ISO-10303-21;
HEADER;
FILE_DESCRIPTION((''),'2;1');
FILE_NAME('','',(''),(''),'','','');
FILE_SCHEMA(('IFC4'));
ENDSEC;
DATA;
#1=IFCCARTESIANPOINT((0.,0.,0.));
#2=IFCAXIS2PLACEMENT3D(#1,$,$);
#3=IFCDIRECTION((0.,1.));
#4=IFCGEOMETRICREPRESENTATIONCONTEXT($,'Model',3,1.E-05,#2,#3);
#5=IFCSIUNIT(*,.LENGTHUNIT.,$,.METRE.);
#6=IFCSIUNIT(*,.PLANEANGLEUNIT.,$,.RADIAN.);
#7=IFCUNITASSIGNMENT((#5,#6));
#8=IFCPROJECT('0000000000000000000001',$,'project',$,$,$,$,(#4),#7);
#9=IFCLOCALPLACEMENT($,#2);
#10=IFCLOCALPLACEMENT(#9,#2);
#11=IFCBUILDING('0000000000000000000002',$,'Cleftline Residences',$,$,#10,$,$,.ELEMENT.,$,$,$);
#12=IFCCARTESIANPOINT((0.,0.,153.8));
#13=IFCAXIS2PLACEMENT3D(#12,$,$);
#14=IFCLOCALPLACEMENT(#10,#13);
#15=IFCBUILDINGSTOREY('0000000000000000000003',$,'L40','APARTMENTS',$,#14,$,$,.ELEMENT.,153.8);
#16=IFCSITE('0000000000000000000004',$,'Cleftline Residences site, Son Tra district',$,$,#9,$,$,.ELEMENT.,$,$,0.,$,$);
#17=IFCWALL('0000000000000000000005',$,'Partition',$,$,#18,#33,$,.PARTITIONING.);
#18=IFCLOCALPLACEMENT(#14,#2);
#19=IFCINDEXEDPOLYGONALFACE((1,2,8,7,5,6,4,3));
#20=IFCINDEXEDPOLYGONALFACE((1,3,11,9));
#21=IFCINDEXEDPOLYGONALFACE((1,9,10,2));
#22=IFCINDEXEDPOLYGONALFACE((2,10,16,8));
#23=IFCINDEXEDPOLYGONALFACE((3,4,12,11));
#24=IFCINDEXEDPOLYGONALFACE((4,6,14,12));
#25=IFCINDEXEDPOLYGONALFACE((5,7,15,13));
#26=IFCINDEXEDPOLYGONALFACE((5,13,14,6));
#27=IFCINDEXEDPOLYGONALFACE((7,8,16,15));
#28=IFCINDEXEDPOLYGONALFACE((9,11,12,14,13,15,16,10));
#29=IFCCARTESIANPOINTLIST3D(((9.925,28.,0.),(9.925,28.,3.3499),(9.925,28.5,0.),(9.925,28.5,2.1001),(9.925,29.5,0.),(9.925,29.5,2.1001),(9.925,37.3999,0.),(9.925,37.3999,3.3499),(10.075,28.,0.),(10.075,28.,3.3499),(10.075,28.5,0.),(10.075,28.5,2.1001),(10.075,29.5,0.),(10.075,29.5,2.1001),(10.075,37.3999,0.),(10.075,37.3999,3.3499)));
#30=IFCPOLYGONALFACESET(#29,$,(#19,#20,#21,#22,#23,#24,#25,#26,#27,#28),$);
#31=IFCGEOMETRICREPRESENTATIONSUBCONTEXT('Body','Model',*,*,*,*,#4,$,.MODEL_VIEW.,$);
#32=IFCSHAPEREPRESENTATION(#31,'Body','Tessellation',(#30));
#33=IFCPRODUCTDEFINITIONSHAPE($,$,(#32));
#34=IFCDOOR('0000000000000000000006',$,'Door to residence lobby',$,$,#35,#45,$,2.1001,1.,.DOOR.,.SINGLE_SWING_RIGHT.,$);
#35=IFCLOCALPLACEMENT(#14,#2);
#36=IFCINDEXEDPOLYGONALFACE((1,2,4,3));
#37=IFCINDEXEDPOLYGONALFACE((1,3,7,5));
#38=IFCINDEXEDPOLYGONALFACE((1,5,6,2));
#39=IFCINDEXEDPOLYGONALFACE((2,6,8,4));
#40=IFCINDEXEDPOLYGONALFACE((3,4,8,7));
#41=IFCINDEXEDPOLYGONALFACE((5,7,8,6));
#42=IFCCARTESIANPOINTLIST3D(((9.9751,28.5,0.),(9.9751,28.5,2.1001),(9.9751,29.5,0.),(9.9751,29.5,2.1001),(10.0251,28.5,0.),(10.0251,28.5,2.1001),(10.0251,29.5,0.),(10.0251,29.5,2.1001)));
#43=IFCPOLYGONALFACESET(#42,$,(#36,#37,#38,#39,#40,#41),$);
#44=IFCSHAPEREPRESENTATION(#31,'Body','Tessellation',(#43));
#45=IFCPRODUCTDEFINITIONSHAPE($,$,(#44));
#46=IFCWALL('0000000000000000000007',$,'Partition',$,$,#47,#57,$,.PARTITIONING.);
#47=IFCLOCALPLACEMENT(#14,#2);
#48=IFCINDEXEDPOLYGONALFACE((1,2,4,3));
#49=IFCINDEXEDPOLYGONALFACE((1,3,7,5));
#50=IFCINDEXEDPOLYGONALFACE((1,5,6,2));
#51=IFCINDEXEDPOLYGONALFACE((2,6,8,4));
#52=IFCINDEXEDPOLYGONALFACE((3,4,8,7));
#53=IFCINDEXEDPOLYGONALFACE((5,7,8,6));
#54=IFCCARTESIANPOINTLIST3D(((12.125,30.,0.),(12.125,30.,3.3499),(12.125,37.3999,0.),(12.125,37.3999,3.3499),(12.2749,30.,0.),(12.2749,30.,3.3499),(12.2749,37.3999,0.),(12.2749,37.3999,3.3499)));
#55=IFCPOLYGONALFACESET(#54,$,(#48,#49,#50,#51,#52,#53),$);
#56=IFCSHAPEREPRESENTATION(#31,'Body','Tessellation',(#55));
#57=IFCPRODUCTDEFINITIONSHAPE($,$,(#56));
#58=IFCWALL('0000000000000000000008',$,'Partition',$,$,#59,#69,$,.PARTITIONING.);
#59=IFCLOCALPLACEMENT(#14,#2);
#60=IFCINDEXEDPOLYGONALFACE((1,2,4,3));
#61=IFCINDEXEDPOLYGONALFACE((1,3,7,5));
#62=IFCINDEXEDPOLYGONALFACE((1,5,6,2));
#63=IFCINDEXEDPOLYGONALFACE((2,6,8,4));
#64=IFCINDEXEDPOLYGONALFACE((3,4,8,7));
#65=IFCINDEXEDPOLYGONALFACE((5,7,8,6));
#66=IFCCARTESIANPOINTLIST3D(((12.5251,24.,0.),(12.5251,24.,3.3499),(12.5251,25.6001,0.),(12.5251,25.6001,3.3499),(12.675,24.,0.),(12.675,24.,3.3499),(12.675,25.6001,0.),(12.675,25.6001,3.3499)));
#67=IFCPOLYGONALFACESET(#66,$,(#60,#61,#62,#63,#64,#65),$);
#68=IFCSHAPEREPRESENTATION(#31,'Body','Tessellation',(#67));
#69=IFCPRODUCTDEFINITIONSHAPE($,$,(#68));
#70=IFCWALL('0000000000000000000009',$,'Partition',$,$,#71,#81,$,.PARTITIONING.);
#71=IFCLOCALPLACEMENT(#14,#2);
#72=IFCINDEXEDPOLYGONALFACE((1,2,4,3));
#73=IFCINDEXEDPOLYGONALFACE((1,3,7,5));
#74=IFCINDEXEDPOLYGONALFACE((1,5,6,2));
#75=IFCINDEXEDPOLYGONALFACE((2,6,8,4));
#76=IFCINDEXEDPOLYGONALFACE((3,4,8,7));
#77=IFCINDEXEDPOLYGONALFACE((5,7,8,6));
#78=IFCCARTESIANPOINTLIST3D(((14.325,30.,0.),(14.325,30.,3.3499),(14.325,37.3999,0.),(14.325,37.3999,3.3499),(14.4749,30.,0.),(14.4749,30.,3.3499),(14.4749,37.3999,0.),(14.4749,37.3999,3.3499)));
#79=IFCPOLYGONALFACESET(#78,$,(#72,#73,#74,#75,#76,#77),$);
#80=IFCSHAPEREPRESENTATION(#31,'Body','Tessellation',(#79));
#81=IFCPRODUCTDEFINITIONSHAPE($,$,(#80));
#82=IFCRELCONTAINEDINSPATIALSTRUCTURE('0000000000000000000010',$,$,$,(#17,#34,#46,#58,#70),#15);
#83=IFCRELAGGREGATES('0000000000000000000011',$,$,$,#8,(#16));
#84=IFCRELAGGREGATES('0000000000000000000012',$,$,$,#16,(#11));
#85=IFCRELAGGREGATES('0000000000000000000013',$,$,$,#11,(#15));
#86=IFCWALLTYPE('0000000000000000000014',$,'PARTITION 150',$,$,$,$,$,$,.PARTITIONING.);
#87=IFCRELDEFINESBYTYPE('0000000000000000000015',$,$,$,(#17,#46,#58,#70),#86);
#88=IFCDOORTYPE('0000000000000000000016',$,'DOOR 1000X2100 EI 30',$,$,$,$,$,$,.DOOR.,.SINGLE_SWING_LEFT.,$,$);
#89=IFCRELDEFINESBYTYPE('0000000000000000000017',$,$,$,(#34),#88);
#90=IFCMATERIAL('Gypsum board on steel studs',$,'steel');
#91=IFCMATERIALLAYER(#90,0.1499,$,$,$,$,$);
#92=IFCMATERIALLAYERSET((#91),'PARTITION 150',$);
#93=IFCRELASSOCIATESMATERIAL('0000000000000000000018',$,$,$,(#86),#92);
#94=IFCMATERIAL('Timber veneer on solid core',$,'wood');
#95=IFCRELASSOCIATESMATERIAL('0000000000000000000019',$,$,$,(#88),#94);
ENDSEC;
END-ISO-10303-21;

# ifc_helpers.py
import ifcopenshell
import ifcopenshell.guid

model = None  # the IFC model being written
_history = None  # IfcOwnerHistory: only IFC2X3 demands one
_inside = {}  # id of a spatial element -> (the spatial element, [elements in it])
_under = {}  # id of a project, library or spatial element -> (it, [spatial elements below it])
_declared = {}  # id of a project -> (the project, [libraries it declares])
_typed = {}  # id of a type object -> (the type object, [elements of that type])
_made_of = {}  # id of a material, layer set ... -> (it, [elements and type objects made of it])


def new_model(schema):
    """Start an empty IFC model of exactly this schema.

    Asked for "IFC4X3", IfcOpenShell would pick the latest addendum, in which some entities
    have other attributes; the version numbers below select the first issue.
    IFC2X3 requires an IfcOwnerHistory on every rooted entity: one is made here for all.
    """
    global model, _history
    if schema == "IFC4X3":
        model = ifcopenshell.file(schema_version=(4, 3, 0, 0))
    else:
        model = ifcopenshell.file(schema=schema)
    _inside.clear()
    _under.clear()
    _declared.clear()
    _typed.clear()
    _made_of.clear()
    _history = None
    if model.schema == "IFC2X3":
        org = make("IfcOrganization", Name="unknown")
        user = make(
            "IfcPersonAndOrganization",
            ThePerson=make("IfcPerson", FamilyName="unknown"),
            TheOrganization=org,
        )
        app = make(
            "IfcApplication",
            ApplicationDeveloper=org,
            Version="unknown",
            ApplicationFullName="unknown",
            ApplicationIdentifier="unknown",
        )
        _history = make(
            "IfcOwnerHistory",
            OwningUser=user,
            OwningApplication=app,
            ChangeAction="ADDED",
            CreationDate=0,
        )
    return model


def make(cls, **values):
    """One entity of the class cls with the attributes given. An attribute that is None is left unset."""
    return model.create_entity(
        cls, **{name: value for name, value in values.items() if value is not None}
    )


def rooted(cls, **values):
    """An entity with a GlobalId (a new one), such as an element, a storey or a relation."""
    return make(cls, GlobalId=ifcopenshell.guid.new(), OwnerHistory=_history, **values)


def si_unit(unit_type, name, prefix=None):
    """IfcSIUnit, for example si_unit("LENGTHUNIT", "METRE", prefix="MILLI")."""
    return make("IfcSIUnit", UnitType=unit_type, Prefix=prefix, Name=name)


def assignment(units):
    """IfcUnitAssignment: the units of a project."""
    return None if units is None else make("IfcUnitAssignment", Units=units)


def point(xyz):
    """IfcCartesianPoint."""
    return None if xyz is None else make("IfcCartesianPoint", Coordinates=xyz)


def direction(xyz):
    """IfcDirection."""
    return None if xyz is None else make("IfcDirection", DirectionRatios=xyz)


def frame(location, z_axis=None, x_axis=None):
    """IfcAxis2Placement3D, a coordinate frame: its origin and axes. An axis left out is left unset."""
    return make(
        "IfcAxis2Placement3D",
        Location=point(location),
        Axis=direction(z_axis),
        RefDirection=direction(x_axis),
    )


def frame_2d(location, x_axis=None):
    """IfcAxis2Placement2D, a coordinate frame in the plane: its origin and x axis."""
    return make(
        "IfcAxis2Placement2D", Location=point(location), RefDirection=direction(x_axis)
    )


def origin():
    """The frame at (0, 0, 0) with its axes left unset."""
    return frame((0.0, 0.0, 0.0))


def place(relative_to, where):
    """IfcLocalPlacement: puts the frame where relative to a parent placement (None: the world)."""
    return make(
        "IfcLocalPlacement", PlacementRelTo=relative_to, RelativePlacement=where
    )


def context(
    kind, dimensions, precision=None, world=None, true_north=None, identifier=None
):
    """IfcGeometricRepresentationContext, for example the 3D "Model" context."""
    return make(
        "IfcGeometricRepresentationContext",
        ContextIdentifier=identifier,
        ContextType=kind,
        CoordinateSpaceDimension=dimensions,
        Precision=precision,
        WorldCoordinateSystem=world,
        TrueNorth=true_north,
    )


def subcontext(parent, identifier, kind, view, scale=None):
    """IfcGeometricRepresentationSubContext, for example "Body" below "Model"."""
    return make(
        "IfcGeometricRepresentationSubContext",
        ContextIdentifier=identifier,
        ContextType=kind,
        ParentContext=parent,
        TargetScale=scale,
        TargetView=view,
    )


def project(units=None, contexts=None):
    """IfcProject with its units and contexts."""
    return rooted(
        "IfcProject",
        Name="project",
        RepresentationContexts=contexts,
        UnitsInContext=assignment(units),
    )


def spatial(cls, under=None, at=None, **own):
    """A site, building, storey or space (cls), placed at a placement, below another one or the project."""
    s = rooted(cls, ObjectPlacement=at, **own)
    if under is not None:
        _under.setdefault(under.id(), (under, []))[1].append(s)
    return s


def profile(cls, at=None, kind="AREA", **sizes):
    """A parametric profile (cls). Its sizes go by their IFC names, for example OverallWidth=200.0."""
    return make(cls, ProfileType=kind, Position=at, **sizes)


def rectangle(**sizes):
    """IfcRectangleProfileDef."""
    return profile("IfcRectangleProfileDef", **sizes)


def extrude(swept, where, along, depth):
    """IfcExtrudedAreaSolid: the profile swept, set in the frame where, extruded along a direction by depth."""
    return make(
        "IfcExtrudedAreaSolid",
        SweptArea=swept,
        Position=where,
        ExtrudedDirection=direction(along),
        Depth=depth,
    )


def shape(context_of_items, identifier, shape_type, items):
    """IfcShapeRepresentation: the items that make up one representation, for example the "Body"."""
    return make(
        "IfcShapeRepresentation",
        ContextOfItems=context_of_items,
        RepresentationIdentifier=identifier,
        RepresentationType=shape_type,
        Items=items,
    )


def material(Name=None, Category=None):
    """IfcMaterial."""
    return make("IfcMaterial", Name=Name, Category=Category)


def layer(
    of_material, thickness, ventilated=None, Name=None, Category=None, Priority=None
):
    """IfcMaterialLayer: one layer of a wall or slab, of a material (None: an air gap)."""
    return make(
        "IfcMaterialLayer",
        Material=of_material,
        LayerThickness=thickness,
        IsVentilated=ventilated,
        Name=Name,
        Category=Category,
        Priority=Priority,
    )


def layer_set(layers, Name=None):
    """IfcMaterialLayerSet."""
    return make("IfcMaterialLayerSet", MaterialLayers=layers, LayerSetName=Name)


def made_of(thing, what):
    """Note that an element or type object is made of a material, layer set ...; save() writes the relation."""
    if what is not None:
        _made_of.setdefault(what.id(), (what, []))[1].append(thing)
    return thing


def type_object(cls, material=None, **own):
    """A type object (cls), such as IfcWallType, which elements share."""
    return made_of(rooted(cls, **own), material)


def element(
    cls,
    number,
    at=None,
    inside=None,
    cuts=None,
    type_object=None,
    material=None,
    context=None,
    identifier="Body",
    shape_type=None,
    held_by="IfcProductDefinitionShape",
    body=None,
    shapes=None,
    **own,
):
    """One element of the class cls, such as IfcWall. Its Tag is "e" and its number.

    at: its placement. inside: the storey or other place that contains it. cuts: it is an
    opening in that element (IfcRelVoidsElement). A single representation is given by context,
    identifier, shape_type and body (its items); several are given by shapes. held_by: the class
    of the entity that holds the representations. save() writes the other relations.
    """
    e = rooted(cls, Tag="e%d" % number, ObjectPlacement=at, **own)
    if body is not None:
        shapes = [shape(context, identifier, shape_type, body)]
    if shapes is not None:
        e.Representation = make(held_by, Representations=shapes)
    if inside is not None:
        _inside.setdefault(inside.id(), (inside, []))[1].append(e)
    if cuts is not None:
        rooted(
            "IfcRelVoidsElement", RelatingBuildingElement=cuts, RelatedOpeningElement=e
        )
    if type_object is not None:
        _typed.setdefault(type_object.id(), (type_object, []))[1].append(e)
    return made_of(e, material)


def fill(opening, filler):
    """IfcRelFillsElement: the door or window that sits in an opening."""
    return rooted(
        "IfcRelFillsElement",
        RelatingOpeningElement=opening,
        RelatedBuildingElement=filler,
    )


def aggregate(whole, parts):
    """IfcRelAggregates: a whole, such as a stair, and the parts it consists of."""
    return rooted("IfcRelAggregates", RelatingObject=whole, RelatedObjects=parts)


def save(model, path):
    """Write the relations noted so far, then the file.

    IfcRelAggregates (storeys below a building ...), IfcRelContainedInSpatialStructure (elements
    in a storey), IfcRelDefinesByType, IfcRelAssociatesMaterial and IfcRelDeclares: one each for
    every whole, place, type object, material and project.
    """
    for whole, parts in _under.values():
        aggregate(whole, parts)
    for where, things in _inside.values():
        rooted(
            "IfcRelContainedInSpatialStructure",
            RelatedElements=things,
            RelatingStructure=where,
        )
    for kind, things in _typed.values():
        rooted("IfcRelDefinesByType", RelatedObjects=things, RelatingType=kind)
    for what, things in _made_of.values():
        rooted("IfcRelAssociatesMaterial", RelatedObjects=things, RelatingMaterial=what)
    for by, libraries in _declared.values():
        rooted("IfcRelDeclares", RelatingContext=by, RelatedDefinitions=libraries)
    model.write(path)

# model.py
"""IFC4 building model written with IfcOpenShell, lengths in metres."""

from ifc_helpers import new_model, si_unit, direction, frame, frame_2d, origin, place, context, subcontext, project, spatial, rectangle, extrude, material, layer, layer_set, type_object, element, fill, save


model = new_model("IFC4")

# Units and contexts
model_context = context("Model", 3, precision=1e-05, world=origin(), true_north=direction((0.0, 1.0)))
body_context = subcontext(model_context, "Body", "Model", "MODEL_VIEW")
ifc_project = project(units=[si_unit("LENGTHUNIT", "METRE"), si_unit("PLANEANGLEUNIT", "RADIAN")], contexts=[model_context])

# Site, building, storey
site_placement = place(None, origin())
site = spatial("IfcSite", under=ifc_project, at=site_placement, Name="Cleftline Residences site, Son Tra district", CompositionType="ELEMENT", RefElevation=0.0)
building_placement = place(site_placement, origin())
building = spatial("IfcBuilding", under=site, at=building_placement, Name="Cleftline Residences", CompositionType="ELEMENT")
storey_placement = place(building_placement, frame((0.0, 0.0, 153.8)))
storey = spatial("IfcBuildingStorey", under=building, at=storey_placement, Name="L40", Description="APARTMENTS", CompositionType="ELEMENT", Elevation=153.8)

# Shared definitions
ifc_material_1 = material(Name="Gypsum board on steel studs", Category="steel")
ifc_layer_1 = layer(ifc_material_1, 0.1499)
ifc_layer_set_1 = layer_set([ifc_layer_1], Name="PARTITION 150")
wall_type_1 = type_object("IfcWallType", Name="PARTITION 150", PredefinedType="PARTITIONING", material=ifc_layer_set_1)

# Wall, opening, door
wall_1_placement = place(storey_placement, frame((10.0, 28.0, 0.0), z_axis=(0.0, 0.0, 1.0), x_axis=(0.0, 1.0, 0.0)))
wall_1 = element("IfcWall", 1, at=wall_1_placement, inside=storey, type_object=wall_type_1, Name="Partition", PredefinedType="PARTITIONING", context=body_context, shape_type="SweptSolid", body=[
    extrude(rectangle(XDim=9.3999, YDim=0.1499, at=frame_2d((4.7, 0.0))), origin(), (0.0, 0.0, 1.0), 3.3499),
])
opening_1_placement = place(wall_1_placement, frame((0.5, 0.0, 0.0)))
opening_1 = element("IfcOpeningElement", 2, at=opening_1_placement, cuts=wall_1, PredefinedType="OPENING", context=body_context, shape_type="SweptSolid", body=[
    extrude(rectangle(XDim=1.0, YDim=2.1001, at=frame_2d((0.5, 1.05))), frame((0.0, 0.085, 0.0), z_axis=(0.0, -1.0, 0.0), x_axis=(1.0, 0.0, 0.0)), (0.0, 0.0, 1.0), 0.1699),
])
ifc_material_2 = material(Name="Timber veneer on solid core", Category="wood")
door_type_1 = type_object("IfcDoorType", Name="DOOR 1000X2100 EI 30", OperationType="SINGLE_SWING_LEFT", PredefinedType="DOOR", material=ifc_material_2)
door_1_placement = place(opening_1_placement, origin())
door_1 = element("IfcDoor", 3, at=door_1_placement, inside=storey, type_object=door_type_1, Name="Door to residence lobby", OperationType="SINGLE_SWING_RIGHT", OverallHeight=2.1001, OverallWidth=1.0, PredefinedType="DOOR", context=body_context, shape_type="SweptSolid", body=[
    extrude(rectangle(XDim=1.0, YDim=2.1001, at=frame_2d((0.5, 1.05))), frame((0.0, 0.0249, 0.0), z_axis=(0.0, -1.0, 0.0), x_axis=(1.0, 0.0, 0.0)), (0.0, 0.0, 1.0), 0.05),
])
fill(opening_1, door_1)

# Walls
wall_2_placement = place(storey_placement, frame((12.2, 30.0, 0.0), z_axis=(0.0, 0.0, 1.0), x_axis=(0.0, 1.0, 0.0)))
element("IfcWall", 4, at=wall_2_placement, inside=storey, type_object=wall_type_1, Name="Partition", PredefinedType="PARTITIONING", context=body_context, shape_type="SweptSolid", body=[
    extrude(rectangle(XDim=7.3999, YDim=0.1499, at=frame_2d((3.7, 0.0))), origin(), (0.0, 0.0, 1.0), 3.3499),
])
wall_3_placement = place(storey_placement, frame((12.6001, 24.0, 0.0), z_axis=(0.0, 0.0, 1.0), x_axis=(0.0, 1.0, 0.0)))
element("IfcWall", 5, at=wall_3_placement, inside=storey, type_object=wall_type_1, Name="Partition", PredefinedType="PARTITIONING", context=body_context, shape_type="SweptSolid", body=[
    extrude(rectangle(XDim=1.6001, YDim=0.1499, at=frame_2d((0.8, 0.0))), origin(), (0.0, 0.0, 1.0), 3.3499),
])
wall_4_placement = place(storey_placement, frame((14.3999, 30.0, 0.0), z_axis=(0.0, 0.0, 1.0), x_axis=(0.0, 1.0, 0.0)))
element("IfcWall", 6, at=wall_4_placement, inside=storey, type_object=wall_type_1, Name="Partition", PredefinedType="PARTITIONING", context=body_context, shape_type="SweptSolid", body=[
    extrude(rectangle(XDim=7.3999, YDim=0.1499, at=frame_2d((3.7, 0.0))), origin(), (0.0, 0.0, 1.0), 3.3499),
])

save(model, "model.ifc")
